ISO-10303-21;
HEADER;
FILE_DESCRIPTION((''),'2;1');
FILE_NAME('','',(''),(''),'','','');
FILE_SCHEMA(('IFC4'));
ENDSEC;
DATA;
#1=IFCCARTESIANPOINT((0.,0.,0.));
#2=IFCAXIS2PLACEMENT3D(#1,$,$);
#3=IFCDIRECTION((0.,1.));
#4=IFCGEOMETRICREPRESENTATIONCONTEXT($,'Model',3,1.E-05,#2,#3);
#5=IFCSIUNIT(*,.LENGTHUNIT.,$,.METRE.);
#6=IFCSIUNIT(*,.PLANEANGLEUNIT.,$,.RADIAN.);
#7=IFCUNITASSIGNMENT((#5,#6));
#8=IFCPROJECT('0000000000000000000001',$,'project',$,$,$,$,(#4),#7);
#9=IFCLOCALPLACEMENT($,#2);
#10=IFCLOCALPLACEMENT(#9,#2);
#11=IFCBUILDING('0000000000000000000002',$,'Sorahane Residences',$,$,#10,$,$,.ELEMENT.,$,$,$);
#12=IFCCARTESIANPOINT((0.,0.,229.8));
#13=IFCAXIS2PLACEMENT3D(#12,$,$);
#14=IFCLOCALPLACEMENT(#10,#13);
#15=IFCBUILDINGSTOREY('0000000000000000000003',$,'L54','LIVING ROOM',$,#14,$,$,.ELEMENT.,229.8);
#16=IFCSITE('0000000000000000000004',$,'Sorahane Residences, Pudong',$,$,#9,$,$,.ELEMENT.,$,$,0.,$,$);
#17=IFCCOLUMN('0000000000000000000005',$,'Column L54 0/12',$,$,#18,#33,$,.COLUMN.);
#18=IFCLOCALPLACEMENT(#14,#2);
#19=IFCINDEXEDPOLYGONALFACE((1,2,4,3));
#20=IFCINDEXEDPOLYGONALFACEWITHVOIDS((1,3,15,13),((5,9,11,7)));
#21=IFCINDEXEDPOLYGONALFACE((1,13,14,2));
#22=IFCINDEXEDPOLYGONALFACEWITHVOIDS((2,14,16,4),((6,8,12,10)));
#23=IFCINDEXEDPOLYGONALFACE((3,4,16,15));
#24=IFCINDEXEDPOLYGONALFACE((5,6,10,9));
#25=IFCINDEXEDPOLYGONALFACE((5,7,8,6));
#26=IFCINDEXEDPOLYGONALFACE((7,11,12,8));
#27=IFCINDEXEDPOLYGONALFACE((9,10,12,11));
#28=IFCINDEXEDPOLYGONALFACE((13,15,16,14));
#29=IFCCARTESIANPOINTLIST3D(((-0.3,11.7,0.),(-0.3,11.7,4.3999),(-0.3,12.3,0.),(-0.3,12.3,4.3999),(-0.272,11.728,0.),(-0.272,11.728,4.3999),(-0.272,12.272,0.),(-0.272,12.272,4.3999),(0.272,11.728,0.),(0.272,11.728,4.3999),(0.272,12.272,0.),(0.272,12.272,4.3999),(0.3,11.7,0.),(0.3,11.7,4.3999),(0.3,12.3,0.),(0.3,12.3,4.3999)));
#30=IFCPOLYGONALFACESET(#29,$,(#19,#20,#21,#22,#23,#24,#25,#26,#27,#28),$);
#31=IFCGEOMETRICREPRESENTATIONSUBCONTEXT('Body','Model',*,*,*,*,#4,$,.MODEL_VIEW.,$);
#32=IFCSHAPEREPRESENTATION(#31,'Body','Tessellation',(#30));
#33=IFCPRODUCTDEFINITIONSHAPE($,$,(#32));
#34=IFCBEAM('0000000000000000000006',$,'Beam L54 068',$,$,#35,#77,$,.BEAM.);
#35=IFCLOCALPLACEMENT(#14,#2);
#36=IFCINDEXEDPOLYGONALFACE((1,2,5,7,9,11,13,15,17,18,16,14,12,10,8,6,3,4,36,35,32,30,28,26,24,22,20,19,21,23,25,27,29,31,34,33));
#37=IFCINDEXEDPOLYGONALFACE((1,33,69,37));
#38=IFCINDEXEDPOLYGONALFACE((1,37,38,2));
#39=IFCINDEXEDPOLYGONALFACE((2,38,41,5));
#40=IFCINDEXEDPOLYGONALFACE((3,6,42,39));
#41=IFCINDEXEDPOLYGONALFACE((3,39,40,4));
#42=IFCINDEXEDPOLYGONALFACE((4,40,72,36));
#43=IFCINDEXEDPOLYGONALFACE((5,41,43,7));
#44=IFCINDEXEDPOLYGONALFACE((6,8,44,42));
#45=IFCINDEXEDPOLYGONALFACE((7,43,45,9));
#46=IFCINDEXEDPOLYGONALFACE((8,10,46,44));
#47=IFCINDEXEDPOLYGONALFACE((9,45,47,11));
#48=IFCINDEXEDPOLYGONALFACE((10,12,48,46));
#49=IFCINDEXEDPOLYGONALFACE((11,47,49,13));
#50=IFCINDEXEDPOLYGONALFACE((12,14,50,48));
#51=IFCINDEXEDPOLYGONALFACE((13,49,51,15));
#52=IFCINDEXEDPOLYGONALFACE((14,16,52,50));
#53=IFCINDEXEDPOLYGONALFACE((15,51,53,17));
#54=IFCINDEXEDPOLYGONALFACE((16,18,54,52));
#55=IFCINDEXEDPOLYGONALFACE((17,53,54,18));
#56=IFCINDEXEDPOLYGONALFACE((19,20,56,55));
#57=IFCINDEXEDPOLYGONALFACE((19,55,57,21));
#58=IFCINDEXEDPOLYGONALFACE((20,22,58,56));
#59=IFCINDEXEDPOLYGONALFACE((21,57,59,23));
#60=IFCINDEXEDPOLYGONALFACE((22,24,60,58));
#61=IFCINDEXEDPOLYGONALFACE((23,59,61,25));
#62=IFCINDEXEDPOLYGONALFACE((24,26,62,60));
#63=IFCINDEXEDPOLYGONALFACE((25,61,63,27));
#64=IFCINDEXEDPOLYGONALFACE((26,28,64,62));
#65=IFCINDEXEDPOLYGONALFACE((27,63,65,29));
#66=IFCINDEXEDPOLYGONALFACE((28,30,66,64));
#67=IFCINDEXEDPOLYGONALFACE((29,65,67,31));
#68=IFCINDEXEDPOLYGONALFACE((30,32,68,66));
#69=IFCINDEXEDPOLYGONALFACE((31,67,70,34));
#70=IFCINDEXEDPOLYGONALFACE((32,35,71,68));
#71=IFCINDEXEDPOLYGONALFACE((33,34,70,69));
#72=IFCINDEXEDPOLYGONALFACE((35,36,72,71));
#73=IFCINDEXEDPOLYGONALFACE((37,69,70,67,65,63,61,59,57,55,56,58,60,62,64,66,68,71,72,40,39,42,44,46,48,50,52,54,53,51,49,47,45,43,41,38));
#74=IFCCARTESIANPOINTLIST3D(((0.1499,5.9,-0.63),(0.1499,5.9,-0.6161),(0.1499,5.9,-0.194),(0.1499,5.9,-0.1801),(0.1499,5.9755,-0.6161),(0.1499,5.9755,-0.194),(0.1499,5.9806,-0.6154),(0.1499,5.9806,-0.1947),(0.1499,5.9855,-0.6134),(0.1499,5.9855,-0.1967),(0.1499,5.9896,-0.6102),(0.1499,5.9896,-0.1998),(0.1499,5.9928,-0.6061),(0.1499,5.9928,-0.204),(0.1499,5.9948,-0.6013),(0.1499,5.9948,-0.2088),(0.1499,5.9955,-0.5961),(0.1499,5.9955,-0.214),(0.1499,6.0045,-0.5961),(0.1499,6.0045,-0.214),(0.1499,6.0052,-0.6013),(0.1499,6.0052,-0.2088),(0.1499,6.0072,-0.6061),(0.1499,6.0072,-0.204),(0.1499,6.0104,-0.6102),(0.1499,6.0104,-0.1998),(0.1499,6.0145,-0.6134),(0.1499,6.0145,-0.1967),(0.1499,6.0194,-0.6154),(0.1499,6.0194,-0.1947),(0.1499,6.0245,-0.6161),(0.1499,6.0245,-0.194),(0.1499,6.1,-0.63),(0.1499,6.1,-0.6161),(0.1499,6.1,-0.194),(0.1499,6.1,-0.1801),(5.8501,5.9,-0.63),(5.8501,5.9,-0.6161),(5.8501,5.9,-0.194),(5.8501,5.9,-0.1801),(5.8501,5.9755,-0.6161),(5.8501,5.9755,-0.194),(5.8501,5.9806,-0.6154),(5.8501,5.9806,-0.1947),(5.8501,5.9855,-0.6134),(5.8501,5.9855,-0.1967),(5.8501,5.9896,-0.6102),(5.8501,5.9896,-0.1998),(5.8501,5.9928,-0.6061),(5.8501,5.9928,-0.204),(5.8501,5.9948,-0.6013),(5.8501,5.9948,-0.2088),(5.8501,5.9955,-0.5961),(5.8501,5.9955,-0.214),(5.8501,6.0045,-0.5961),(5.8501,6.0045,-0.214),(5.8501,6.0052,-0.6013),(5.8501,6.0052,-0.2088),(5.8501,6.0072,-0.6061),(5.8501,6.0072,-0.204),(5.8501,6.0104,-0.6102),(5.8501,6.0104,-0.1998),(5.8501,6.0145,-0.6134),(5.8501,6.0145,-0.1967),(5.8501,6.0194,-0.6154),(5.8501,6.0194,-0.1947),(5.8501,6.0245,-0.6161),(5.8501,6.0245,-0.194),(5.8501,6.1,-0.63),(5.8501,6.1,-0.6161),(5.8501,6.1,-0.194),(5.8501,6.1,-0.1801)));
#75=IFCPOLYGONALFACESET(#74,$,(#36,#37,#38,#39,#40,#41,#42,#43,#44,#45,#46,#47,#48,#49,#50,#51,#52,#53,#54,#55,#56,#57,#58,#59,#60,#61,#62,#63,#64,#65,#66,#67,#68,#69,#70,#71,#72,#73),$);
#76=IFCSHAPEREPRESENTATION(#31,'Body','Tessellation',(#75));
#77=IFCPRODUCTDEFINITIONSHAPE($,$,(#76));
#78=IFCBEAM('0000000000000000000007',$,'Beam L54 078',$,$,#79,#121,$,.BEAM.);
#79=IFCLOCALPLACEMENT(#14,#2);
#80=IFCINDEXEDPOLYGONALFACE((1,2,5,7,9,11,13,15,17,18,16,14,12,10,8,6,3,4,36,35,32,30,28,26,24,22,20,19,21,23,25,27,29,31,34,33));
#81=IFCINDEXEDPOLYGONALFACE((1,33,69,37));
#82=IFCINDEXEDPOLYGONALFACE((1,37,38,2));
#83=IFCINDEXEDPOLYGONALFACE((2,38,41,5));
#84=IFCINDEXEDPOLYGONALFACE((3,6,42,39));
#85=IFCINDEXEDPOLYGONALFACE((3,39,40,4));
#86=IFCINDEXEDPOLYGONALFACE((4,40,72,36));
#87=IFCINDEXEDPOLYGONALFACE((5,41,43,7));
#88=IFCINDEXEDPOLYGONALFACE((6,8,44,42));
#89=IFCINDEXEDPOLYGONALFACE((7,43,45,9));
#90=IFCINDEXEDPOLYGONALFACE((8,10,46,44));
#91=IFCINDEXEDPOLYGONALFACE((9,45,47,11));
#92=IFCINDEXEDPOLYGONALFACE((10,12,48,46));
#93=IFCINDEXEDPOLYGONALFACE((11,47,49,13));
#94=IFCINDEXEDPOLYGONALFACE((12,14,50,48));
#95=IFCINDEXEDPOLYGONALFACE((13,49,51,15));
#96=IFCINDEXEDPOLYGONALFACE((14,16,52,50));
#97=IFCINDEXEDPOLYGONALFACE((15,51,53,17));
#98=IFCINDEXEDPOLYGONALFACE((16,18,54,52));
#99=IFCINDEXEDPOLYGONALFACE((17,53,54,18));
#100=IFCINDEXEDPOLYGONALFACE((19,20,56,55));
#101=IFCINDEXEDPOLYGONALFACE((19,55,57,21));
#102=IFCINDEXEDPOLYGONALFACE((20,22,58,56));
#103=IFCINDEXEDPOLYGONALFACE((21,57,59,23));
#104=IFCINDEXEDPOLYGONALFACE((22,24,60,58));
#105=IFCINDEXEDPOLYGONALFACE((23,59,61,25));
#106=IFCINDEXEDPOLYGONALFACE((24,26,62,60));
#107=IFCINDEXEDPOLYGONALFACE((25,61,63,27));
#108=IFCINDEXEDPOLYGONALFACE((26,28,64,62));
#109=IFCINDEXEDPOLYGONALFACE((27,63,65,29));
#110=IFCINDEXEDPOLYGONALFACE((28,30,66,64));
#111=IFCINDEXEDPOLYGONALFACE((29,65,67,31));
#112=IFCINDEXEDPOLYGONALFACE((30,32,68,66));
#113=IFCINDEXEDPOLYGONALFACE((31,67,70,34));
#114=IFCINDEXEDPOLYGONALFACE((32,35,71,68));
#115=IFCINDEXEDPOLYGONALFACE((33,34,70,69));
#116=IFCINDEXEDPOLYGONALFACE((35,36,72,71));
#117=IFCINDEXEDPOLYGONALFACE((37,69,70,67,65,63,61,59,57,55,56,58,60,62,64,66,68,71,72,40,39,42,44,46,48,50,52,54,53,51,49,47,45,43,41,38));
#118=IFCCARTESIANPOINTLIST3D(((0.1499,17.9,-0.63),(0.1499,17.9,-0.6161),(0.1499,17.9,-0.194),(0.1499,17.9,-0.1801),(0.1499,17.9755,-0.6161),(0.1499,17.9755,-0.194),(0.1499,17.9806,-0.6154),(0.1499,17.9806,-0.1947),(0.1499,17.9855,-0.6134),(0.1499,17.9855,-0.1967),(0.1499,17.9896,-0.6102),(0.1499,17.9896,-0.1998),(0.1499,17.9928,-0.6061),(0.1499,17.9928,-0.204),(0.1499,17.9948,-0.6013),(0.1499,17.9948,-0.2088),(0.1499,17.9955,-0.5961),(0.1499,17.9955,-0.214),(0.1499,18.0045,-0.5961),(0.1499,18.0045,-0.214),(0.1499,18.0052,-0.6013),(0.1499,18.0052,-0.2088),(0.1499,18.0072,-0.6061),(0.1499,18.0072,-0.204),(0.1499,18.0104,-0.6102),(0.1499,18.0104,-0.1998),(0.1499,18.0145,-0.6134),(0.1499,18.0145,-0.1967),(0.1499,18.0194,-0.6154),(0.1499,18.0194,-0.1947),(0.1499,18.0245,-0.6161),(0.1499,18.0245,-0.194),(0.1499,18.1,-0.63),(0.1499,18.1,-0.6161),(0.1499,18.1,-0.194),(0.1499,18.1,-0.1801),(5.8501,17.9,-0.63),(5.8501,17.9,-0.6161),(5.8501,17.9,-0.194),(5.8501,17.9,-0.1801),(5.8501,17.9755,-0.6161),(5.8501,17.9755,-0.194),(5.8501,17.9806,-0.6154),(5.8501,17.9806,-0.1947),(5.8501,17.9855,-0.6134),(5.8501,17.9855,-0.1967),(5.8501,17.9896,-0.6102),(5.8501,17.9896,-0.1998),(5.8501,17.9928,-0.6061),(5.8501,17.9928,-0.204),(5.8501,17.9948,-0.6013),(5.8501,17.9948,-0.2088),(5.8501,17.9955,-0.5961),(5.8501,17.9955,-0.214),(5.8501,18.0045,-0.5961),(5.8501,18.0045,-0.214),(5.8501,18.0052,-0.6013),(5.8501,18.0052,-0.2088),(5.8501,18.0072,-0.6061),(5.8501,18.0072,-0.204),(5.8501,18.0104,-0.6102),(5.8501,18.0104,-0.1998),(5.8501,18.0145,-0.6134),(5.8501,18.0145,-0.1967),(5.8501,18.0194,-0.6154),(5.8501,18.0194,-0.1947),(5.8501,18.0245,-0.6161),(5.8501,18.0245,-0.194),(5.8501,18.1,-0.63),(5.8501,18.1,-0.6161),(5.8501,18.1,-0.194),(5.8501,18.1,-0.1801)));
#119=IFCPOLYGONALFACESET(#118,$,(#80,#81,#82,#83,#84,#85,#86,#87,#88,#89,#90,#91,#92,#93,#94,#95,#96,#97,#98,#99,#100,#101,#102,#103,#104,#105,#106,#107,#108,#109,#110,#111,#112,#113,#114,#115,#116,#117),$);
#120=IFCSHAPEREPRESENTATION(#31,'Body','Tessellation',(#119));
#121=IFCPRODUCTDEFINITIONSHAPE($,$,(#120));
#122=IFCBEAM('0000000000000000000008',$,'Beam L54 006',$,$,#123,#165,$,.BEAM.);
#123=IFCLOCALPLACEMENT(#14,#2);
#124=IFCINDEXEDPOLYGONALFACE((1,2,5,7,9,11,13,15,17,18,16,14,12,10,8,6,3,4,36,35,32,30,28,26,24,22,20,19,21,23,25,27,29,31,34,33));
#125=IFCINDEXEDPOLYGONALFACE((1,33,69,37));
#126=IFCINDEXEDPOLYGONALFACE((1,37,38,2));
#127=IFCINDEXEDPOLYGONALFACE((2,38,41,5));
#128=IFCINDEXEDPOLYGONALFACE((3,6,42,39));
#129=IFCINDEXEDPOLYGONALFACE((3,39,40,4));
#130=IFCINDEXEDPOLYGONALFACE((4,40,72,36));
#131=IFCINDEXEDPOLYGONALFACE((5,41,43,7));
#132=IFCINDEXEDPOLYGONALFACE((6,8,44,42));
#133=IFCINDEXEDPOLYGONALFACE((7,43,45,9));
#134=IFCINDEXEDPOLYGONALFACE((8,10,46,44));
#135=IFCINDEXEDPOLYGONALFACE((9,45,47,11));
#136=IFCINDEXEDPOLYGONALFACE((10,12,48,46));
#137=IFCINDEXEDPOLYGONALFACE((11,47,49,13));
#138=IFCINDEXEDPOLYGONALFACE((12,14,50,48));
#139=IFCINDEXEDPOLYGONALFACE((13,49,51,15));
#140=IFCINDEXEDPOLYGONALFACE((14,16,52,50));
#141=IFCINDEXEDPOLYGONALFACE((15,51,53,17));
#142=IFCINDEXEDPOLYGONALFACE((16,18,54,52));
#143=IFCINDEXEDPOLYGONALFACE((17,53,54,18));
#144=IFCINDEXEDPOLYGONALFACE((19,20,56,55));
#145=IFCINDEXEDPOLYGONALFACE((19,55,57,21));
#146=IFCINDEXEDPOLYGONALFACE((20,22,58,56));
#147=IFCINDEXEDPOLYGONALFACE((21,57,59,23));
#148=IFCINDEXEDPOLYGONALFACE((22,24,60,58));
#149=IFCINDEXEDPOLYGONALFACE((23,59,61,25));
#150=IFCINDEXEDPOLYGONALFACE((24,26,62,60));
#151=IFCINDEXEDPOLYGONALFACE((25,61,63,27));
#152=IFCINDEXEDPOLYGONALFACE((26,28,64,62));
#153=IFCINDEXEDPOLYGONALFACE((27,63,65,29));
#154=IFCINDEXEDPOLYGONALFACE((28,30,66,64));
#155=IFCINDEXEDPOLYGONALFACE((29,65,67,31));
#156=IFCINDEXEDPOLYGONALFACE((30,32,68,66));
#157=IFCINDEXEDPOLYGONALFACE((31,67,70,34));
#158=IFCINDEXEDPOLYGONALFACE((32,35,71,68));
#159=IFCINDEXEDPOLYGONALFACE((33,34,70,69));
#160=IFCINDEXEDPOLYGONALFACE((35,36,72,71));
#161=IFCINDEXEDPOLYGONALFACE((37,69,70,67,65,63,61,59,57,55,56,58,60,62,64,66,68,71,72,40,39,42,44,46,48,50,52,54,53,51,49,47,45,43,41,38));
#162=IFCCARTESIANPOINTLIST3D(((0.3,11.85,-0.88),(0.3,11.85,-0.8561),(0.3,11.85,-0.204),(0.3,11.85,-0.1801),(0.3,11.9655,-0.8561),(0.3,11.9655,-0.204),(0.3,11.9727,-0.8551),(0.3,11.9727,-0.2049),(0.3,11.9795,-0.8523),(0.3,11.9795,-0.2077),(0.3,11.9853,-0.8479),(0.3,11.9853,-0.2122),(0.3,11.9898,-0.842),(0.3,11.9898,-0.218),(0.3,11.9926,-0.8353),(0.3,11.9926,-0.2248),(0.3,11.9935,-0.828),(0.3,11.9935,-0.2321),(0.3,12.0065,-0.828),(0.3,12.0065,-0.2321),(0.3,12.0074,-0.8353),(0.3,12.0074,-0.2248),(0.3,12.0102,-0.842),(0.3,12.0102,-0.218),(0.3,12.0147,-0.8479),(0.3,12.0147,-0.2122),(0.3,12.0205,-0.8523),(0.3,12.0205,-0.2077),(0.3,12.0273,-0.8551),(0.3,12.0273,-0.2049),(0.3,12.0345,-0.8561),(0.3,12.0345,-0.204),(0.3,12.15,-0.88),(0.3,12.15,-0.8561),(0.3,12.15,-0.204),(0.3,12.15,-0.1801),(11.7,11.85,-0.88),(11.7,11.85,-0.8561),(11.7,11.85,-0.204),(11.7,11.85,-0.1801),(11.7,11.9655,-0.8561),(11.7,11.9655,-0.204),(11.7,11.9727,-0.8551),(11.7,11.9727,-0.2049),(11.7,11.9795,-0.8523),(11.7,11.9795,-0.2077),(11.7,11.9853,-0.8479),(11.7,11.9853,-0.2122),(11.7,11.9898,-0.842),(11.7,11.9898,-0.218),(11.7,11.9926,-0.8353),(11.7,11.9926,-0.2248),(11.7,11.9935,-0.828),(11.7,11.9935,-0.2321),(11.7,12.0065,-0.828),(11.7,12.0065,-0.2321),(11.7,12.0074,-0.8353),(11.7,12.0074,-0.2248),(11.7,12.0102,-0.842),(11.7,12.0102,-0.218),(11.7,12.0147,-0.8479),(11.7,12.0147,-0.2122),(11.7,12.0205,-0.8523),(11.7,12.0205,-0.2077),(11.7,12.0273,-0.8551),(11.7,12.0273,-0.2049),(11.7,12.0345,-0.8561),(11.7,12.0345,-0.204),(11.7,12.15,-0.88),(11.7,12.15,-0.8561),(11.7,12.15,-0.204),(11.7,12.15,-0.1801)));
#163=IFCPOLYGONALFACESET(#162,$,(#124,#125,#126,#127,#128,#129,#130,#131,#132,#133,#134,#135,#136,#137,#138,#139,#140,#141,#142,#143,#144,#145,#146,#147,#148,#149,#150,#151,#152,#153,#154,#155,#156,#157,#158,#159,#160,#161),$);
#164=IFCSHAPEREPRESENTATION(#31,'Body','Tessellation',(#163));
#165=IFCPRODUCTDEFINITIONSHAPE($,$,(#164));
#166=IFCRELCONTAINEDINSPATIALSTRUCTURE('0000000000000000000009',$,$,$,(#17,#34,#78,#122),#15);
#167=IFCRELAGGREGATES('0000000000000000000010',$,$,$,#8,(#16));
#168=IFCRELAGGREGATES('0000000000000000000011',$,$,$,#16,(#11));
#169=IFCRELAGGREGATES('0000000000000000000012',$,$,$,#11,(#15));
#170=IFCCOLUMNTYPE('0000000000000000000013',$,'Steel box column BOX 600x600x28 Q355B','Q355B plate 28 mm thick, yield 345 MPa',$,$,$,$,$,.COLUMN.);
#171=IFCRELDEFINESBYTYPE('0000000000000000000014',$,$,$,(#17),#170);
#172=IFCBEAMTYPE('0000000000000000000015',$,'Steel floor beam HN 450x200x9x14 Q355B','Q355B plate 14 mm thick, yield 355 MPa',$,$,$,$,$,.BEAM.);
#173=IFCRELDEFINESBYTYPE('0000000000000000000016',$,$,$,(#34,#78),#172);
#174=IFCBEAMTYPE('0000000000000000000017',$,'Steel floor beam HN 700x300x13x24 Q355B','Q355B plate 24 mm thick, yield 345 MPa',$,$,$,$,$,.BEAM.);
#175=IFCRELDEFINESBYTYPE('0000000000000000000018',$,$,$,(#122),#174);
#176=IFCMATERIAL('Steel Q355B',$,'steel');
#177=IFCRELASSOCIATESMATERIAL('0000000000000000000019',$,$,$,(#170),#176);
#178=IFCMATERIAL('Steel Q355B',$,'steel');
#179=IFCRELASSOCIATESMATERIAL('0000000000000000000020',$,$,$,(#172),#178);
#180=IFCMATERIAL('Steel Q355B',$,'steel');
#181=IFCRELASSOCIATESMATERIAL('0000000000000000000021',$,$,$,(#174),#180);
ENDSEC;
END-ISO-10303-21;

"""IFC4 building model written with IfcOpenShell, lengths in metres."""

from ifc_helpers import new_model, si_unit, direction, frame, origin, origin_2d, place, context, subcontext, project, spatial, hollow_rectangle, i_section, extrude, material, material_profile, profile_set, type_object, element, save


model = new_model("IFC4")

# Units and contexts
model_context = context("Model", 3, precision=1e-05, world=origin(), true_north=direction((0.0, 1.0)))
body_context = subcontext(model_context, "Body", "Model", "MODEL_VIEW")
ifc_project = project(units=[si_unit("LENGTHUNIT", "METRE"), si_unit("PLANEANGLEUNIT", "RADIAN")], contexts=[model_context])

# Site, building, storey
site_placement = place(None, origin())
site = spatial("IfcSite", under=ifc_project, at=site_placement, Name="Sorahane Residences, Pudong", CompositionType="ELEMENT", RefElevation=0.0)
building_placement = place(site_placement, origin())
building = spatial("IfcBuilding", under=site, at=building_placement, Name="Sorahane Residences", CompositionType="ELEMENT")
storey_placement = place(building_placement, frame((0.0, 0.0, 229.8)))
storey = spatial("IfcBuildingStorey", under=building, at=storey_placement, Name="L54", Description="LIVING ROOM", CompositionType="ELEMENT", Elevation=229.8)

# Column
ifc_material_1 = material(Name="Steel Q355B", Category="steel")
ifc_material_profile_1 = material_profile(ifc_material_1, hollow_rectangle(XDim=0.6001, YDim=0.6001, WallThickness=0.0281, at=origin_2d()), Name="BOX 600x600x28")
ifc_profile_set_1 = profile_set([ifc_material_profile_1], Name="Steel Q355B")
column_type = type_object("IfcColumnType", Name="Steel box column BOX 600x600x28 Q355B", Description="Q355B plate 28 mm thick, yield 345 MPa", PredefinedType="COLUMN", material=ifc_profile_set_1)
column_placement = place(storey_placement, frame((0.0, 12.0, 0.0), z_axis=(0.0, 0.0, 1.0), x_axis=(1.0, 0.0, 0.0)))
element("IfcColumn", 1, at=column_placement, inside=storey, type_object=column_type, Name="Column L54 0/12", PredefinedType="COLUMN", context=body_context, shape_type="SweptSolid", body=[
    extrude(hollow_rectangle(XDim=0.6001, YDim=0.6001, WallThickness=0.0281, at=origin_2d()), origin(), (0.0, 0.0, 1.0), 4.3999),
])

# Beams
ifc_material_2 = material(Name="Steel Q355B", Category="steel")
ifc_material_profile_2 = material_profile(ifc_material_2, i_section(OverallWidth=0.2, OverallDepth=0.45, WebThickness=0.009, FlangeThickness=0.0139, FilletRadius=0.02, at=origin_2d()), Name="HN 450x200x9x14")
ifc_profile_set_2 = profile_set([ifc_material_profile_2], Name="Steel Q355B")
beam_type_1 = type_object("IfcBeamType", Name="Steel floor beam HN 450x200x9x14 Q355B", Description="Q355B plate 14 mm thick, yield 355 MPa", PredefinedType="BEAM", material=ifc_profile_set_2)
for number, where, z_axis, x_axis, name in (
    (2, (0.1499, 6.0, -0.405), (1.0, 0.0, 0.0), (0.0, 1.0, 0.0), "Beam L54 068"),
    (3, (0.1499, 18.0, -0.405), (1.0, 0.0, 0.0), (0.0, 1.0, 0.0), "Beam L54 078"),
):
    element("IfcBeam", number, at=place(storey_placement, frame(where, z_axis=z_axis, x_axis=x_axis)), inside=storey, type_object=beam_type_1, Name=name, PredefinedType="BEAM", context=body_context, shape_type="SweptSolid", body=[
        extrude(i_section(OverallWidth=0.2, OverallDepth=0.45, WebThickness=0.009, FlangeThickness=0.0139, FilletRadius=0.02, at=origin_2d()), origin(), (0.0, 0.0, 1.0), 5.7002),
    ])
ifc_material_3 = material(Name="Steel Q355B", Category="steel")
ifc_material_profile_3 = material_profile(ifc_material_3, i_section(OverallWidth=0.3, OverallDepth=0.7, WebThickness=0.0129, FlangeThickness=0.0239, FilletRadius=0.0281, at=origin_2d()), Name="HN 700x300x13x24")
ifc_profile_set_3 = profile_set([ifc_material_profile_3], Name="Steel Q355B")
beam_type_2 = type_object("IfcBeamType", Name="Steel floor beam HN 700x300x13x24 Q355B", Description="Q355B plate 24 mm thick, yield 345 MPa", PredefinedType="BEAM", material=ifc_profile_set_3)
for number, where, z_axis, x_axis, name in (
    (4, (0.3, 12.0, -0.53), (1.0, 0.0, 0.0), (0.0, 1.0, 0.0), "Beam L54 006"),
):
    element("IfcBeam", number, at=place(storey_placement, frame(where, z_axis=z_axis, x_axis=x_axis)), inside=storey, type_object=beam_type_2, Name=name, PredefinedType="BEAM", context=body_context, shape_type="SweptSolid", body=[
        extrude(i_section(OverallWidth=0.3, OverallDepth=0.7, WebThickness=0.0129, FlangeThickness=0.0239, FilletRadius=0.0281, at=origin_2d()), origin(), (0.0, 0.0, 1.0), 11.3999),
    ])

save(model, "model.ifc")
